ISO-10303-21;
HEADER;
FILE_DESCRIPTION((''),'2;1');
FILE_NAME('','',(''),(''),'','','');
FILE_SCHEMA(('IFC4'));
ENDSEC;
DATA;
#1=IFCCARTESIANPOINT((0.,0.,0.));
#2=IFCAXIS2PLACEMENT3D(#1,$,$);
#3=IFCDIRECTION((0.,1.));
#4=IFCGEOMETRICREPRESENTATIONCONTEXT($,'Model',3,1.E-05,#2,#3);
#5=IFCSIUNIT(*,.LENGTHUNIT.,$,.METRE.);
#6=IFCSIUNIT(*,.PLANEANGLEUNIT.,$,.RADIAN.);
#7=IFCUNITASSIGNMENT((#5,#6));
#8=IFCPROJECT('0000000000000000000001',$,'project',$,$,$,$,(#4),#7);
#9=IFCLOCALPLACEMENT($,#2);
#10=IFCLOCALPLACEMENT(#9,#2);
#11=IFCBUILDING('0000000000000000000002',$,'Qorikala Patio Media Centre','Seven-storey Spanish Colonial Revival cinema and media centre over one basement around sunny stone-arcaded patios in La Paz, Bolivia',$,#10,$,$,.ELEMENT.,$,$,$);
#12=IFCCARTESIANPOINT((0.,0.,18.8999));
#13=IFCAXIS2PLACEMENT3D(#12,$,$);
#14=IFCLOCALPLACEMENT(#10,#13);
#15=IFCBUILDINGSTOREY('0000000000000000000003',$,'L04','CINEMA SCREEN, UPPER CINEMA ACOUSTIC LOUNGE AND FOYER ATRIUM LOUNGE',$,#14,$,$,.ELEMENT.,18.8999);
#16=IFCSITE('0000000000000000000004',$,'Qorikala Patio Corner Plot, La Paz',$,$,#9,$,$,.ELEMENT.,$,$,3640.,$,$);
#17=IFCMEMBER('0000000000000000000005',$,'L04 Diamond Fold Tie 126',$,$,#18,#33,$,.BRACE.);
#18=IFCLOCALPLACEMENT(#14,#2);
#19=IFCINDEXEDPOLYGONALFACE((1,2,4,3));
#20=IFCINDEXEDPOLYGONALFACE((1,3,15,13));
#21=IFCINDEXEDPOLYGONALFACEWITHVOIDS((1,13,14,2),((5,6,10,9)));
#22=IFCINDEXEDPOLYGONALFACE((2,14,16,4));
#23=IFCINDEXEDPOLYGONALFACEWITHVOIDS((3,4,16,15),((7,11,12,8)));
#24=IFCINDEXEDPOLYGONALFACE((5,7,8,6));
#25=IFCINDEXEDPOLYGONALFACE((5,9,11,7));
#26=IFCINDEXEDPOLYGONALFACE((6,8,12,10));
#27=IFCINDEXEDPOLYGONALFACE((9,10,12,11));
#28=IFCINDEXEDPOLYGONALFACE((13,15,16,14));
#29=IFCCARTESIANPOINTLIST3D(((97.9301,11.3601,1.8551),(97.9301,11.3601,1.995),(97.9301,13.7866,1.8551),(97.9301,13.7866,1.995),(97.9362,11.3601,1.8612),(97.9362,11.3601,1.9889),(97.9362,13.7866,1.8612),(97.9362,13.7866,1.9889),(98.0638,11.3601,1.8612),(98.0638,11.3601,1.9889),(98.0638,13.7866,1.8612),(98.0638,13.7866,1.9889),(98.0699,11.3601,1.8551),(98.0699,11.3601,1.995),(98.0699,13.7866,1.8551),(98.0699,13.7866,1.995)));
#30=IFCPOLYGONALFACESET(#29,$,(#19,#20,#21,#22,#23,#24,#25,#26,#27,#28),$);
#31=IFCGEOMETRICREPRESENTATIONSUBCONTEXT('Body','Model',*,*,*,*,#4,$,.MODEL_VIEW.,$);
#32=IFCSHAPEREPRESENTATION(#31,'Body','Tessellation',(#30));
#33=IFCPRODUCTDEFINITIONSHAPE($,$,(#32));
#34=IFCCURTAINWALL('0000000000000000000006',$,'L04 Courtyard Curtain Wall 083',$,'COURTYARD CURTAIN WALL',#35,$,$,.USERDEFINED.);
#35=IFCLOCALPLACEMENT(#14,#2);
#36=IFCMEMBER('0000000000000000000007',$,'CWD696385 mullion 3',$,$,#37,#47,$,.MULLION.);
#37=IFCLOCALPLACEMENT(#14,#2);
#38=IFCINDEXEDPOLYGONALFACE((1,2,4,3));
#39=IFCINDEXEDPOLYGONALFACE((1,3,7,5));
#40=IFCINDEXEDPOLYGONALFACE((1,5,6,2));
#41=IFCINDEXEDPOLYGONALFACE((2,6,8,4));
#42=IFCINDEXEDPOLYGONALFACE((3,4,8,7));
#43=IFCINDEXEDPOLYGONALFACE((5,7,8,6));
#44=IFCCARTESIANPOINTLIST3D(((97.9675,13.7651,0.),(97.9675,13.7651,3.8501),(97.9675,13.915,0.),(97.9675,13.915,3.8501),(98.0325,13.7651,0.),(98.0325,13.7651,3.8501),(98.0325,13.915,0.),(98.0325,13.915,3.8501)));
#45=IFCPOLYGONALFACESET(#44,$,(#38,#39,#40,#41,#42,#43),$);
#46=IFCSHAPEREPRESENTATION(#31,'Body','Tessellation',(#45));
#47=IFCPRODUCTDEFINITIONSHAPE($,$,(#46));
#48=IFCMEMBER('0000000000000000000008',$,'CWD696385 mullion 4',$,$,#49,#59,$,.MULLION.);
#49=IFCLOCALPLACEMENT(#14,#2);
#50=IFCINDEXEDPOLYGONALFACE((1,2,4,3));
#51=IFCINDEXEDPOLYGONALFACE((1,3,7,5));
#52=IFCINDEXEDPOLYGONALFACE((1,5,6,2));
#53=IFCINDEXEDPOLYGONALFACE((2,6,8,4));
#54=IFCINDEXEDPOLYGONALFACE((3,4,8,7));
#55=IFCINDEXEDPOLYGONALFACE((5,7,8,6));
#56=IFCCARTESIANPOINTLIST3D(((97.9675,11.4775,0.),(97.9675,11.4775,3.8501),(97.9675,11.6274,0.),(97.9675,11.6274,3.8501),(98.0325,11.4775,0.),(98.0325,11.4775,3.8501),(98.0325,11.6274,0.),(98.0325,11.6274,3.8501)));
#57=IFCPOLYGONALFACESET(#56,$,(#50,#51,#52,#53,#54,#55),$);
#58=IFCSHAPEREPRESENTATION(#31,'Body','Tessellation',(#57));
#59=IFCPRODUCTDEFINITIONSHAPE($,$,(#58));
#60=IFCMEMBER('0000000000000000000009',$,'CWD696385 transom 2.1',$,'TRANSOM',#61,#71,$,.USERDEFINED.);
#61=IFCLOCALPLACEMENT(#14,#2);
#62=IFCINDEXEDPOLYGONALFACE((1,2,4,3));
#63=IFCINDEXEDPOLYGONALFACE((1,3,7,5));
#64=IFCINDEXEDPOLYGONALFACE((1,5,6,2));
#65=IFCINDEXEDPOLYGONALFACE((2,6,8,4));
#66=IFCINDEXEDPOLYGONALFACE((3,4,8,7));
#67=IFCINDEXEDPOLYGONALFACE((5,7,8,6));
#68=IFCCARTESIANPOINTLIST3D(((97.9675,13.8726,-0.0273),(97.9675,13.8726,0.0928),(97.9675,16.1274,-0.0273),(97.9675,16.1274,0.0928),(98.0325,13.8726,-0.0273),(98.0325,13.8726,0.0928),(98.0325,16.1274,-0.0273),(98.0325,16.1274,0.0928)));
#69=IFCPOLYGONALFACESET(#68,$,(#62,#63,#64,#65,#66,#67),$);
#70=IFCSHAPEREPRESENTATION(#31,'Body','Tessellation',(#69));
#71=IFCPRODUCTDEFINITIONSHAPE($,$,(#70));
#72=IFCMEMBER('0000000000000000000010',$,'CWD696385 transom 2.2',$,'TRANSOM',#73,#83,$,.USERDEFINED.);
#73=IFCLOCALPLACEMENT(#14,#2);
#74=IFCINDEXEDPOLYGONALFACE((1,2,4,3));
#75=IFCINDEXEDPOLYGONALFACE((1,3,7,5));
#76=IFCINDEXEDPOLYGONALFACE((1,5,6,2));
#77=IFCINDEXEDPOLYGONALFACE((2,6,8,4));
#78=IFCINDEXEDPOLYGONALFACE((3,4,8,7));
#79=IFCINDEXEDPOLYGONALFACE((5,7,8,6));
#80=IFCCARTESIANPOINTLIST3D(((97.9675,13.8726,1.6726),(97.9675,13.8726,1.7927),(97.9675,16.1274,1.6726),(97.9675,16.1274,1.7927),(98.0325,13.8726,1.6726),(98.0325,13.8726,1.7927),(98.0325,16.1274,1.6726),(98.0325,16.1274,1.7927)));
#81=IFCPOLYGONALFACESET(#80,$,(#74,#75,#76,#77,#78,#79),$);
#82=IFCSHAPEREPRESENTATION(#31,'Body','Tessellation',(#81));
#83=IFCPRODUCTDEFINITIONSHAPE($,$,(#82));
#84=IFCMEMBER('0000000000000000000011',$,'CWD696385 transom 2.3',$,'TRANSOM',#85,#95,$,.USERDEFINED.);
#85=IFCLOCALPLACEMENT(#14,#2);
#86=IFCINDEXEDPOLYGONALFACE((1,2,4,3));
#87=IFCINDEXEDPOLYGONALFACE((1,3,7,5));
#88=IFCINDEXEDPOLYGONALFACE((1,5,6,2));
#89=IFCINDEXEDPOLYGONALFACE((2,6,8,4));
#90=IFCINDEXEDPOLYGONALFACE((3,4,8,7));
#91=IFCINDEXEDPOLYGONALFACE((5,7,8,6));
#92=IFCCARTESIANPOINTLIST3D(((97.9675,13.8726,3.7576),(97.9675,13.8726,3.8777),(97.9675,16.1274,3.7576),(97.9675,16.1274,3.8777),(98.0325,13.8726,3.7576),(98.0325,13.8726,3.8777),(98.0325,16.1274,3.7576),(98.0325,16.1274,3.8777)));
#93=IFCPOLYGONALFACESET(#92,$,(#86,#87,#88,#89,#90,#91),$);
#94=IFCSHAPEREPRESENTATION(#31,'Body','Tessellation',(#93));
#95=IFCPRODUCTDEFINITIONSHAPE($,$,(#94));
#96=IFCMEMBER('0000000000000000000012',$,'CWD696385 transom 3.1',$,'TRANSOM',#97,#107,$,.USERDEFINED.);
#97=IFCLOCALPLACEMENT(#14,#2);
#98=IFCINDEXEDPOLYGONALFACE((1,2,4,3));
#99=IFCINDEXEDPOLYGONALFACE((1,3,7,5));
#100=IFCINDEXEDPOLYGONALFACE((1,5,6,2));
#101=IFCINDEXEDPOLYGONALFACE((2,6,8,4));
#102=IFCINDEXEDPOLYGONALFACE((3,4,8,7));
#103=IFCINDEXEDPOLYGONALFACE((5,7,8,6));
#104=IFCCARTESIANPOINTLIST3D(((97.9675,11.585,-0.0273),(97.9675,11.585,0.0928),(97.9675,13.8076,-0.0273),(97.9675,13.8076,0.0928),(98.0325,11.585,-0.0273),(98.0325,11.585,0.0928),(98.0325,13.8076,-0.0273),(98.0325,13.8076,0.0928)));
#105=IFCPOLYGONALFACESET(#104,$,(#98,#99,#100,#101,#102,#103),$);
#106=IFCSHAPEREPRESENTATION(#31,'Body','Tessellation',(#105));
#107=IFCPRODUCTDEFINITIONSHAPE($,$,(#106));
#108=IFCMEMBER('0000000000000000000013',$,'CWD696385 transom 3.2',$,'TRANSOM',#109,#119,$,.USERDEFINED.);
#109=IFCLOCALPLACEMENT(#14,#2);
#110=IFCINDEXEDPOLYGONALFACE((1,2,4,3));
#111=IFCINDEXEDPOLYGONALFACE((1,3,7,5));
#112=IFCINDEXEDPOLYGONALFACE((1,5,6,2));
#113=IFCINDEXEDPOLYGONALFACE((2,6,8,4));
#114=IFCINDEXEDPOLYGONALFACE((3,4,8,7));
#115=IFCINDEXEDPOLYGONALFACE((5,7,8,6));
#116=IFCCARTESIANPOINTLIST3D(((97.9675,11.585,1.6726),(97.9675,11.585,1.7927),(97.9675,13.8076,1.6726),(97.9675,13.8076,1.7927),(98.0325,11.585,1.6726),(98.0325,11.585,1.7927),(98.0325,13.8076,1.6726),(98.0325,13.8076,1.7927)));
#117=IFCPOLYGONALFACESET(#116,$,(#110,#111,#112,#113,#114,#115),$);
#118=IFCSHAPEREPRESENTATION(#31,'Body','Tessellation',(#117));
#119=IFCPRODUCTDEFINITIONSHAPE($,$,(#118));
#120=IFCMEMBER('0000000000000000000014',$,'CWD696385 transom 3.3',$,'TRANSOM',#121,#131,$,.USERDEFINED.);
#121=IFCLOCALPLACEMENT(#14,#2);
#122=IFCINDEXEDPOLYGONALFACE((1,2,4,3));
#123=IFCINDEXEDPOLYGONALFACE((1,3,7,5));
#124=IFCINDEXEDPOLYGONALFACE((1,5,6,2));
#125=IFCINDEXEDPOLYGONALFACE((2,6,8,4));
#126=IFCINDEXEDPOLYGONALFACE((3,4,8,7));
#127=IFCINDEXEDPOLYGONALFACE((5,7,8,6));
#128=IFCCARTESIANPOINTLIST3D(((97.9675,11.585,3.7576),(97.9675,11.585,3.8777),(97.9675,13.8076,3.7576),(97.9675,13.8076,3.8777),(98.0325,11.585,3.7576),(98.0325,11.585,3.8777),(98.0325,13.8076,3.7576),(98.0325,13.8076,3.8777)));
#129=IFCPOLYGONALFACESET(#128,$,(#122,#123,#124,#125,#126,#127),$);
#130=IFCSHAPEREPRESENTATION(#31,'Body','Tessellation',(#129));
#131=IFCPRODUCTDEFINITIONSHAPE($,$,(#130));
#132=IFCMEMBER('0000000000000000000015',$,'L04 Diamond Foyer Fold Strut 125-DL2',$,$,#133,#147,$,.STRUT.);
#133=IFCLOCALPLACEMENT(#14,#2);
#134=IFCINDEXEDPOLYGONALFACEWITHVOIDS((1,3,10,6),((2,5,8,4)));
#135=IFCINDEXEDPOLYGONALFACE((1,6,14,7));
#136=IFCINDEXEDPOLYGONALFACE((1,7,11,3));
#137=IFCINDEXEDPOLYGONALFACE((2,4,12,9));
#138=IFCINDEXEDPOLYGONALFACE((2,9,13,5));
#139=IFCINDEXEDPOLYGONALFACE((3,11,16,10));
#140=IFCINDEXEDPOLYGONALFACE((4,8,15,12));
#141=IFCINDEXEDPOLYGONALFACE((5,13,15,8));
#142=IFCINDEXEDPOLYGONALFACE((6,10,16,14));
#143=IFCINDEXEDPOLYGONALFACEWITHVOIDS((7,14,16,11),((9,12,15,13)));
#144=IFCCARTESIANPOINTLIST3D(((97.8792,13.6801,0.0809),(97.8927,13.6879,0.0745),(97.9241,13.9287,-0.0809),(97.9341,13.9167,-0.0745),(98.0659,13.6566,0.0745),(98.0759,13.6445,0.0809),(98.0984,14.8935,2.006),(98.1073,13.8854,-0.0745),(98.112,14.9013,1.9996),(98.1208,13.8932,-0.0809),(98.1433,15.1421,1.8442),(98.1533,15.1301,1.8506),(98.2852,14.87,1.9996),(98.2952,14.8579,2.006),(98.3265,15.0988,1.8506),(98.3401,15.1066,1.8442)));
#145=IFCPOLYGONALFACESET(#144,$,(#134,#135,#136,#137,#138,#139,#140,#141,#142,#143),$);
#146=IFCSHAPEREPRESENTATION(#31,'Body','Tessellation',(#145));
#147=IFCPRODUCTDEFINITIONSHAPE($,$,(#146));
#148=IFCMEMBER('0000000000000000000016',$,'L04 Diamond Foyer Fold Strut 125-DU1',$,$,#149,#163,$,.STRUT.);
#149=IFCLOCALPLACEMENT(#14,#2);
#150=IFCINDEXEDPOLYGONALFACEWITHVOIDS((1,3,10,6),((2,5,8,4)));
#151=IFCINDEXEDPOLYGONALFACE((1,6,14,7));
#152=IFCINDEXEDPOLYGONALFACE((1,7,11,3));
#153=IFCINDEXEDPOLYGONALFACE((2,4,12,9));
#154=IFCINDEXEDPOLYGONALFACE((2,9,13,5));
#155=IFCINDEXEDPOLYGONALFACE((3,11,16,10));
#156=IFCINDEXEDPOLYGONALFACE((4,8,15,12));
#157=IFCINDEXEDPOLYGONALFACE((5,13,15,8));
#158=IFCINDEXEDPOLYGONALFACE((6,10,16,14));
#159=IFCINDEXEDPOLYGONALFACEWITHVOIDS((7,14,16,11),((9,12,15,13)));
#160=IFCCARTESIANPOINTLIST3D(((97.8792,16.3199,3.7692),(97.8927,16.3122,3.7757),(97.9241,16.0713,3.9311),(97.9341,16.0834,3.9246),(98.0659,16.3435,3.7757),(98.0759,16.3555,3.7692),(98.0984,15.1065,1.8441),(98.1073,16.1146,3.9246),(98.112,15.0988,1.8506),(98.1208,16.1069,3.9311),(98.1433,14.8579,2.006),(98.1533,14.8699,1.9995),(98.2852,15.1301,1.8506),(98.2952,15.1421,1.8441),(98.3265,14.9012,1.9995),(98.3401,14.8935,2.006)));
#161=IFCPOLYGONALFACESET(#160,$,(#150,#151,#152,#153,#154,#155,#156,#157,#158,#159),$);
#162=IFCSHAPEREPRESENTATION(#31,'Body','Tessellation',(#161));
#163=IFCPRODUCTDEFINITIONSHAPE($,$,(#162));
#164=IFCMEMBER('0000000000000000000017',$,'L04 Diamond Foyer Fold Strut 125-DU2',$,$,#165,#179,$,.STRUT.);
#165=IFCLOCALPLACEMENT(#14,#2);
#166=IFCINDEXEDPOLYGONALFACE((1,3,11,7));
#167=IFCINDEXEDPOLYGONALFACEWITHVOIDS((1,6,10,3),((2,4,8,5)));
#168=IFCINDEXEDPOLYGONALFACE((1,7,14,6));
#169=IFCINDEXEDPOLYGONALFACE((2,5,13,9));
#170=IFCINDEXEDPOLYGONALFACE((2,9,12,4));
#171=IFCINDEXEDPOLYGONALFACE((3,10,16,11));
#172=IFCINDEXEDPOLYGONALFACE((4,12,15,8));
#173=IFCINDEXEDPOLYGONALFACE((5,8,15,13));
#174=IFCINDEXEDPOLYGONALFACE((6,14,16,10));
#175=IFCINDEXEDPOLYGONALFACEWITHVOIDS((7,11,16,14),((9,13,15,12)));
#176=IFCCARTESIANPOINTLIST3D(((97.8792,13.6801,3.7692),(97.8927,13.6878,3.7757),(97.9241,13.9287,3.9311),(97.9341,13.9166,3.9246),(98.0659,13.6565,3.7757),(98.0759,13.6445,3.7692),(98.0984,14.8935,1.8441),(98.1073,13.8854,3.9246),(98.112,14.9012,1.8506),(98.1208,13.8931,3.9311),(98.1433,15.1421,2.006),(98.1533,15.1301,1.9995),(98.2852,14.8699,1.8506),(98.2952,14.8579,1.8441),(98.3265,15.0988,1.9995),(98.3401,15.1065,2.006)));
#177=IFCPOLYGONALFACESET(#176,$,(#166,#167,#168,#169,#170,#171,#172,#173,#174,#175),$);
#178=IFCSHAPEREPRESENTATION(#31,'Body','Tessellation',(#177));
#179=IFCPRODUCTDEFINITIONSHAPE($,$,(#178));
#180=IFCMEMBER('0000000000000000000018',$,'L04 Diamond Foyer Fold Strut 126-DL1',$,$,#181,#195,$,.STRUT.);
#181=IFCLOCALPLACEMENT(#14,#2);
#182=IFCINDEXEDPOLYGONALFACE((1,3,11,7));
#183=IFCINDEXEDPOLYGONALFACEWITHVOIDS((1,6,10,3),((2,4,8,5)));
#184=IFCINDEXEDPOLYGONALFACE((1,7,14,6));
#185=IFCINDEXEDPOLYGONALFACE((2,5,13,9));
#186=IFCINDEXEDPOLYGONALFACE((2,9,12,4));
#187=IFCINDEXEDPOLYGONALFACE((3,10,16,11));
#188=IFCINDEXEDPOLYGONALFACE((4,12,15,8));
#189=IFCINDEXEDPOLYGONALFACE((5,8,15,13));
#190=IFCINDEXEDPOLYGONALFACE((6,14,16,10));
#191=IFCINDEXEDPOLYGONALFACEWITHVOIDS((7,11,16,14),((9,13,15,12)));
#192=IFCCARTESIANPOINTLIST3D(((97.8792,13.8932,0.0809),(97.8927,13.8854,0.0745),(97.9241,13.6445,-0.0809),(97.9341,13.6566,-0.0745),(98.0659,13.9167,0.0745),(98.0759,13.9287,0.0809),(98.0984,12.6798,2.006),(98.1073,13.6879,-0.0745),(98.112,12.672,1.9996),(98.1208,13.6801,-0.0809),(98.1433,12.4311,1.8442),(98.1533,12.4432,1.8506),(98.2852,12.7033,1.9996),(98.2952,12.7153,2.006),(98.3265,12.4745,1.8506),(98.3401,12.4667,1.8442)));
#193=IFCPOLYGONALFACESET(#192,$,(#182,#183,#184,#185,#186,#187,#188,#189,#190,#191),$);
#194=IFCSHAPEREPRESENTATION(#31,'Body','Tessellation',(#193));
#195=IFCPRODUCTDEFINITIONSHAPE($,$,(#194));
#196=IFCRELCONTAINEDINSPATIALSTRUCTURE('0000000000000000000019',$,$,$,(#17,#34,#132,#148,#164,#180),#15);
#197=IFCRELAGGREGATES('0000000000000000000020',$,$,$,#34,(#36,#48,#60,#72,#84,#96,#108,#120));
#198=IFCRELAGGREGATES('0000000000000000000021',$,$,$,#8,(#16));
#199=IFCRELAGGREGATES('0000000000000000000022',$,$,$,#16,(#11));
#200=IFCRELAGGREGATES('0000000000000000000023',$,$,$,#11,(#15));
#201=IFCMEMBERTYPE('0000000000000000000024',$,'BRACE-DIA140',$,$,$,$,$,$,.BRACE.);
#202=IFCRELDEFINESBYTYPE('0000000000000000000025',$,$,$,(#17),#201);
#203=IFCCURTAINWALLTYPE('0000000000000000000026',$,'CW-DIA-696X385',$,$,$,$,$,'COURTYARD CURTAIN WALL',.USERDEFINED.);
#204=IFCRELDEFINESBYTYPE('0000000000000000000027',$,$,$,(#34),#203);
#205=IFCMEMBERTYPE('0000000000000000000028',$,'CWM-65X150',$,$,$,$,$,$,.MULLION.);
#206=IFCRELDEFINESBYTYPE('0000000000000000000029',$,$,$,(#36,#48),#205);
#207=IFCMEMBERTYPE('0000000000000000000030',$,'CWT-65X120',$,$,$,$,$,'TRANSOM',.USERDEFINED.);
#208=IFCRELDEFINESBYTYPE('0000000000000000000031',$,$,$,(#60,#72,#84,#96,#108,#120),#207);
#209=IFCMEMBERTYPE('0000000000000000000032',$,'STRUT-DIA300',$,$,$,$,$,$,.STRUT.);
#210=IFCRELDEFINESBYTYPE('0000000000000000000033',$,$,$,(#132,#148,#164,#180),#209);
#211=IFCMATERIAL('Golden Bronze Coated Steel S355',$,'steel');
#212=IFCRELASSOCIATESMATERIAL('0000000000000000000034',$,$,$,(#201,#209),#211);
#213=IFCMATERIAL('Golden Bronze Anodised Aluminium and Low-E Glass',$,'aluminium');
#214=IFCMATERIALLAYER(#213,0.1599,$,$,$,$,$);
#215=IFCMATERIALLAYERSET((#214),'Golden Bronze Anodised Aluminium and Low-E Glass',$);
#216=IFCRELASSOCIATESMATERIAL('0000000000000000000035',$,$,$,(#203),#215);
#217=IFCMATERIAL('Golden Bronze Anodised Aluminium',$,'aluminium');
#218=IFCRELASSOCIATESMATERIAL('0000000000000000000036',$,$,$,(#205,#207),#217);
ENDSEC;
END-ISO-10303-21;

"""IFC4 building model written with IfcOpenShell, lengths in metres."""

from ifc_helpers import new_model, si_unit, direction, frame, origin, origin_2d, place, context, subcontext, project, spatial, rectangle, hollow_rectangle, extrude, material, layer, layer_set, material_profile, profile_set, type_object, element, aggregate, save


model = new_model("IFC4")

# Units and contexts
model_context = context("Model", 3, precision=1e-05, world=origin(), true_north=direction((0.0, 1.0)))
body_context = subcontext(model_context, "Body", "Model", "MODEL_VIEW")
ifc_project = project(units=[si_unit("LENGTHUNIT", "METRE"), si_unit("PLANEANGLEUNIT", "RADIAN")], contexts=[model_context])

# Site, building, storey
site_placement = place(None, origin())
site = spatial("IfcSite", under=ifc_project, at=site_placement, Name="Qorikala Patio Corner Plot, La Paz", CompositionType="ELEMENT", RefElevation=3640.0)
building_placement = place(site_placement, origin())
building = spatial("IfcBuilding", under=site, at=building_placement, Name="Qorikala Patio Media Centre", Description="Seven-storey Spanish Colonial Revival cinema and media centre over one basement around sunny stone-arcaded patios in La Paz, Bolivia", CompositionType="ELEMENT")
storey_placement = place(building_placement, frame((0.0, 0.0, 18.8999)))
storey = spatial("IfcBuildingStorey", under=building, at=storey_placement, Name="L04", Description="CINEMA SCREEN, UPPER CINEMA ACOUSTIC LOUNGE AND FOYER ATRIUM LOUNGE", CompositionType="ELEMENT", Elevation=18.8999)

# Member
ifc_material_1 = material(Name="Golden Bronze Coated Steel S355", Category="steel")
ifc_material_profile_1 = material_profile(ifc_material_1, hollow_rectangle(XDim=0.1399, YDim=0.1399, WallThickness=0.0061, at=origin_2d()), Name="HSS140X140X6")
ifc_profile_set_1 = profile_set([ifc_material_profile_1], Name="Golden Bronze Coated Steel S355")
member_type_1 = type_object("IfcMemberType", Name="BRACE-DIA140", PredefinedType="BRACE", material=ifc_profile_set_1)
member_1_placement = place(storey_placement, frame((98.0, 13.7866, 1.925), z_axis=(0.0, -1.0, 0.0), x_axis=(1.0, 0.0, 0.0)))
element("IfcMember", 1, at=member_1_placement, inside=storey, type_object=member_type_1, Name="L04 Diamond Fold Tie 126", PredefinedType="BRACE", context=body_context, shape_type="SweptSolid", body=[
    extrude(hollow_rectangle(XDim=0.1399, YDim=0.1399, WallThickness=0.0061, at=origin_2d()), origin(), (0.0, 0.0, 1.0), 2.4265),
])

# Curtain wall, members
ifc_material_2 = material(Name="Golden Bronze Anodised Aluminium and Low-E Glass", Category="aluminium")
ifc_layer_1 = layer(ifc_material_2, 0.1599)
ifc_layer_set_1 = layer_set([ifc_layer_1], Name="Golden Bronze Anodised Aluminium and Low-E Glass")
curtain_wall_type = type_object("IfcCurtainWallType", Name="CW-DIA-696X385", ElementType="COURTYARD CURTAIN WALL", PredefinedType="USERDEFINED", material=ifc_layer_set_1)
curtain_wall_placement = place(storey_placement, origin())
curtain_wall = element("IfcCurtainWall", 2, at=curtain_wall_placement, inside=storey, type_object=curtain_wall_type, Name="L04 Courtyard Curtain Wall 083", ObjectType="COURTYARD CURTAIN WALL", PredefinedType="USERDEFINED")
ifc_material_3 = material(Name="Golden Bronze Anodised Aluminium", Category="aluminium")
ifc_material_profile_2 = material_profile(ifc_material_3, rectangle(XDim=0.0649, YDim=0.1499, at=origin_2d()), Name="ALU MULLION 65x150")
ifc_profile_set_2 = profile_set([ifc_material_profile_2], Name="Golden Bronze Anodised Aluminium")
member_type_2 = type_object("IfcMemberType", Name="CWM-65X150", PredefinedType="MULLION", material=ifc_profile_set_2)
member_2_placement = place(storey_placement, frame((98.0, 13.8401, 0.0), z_axis=(0.0, 0.0, 1.0), x_axis=(1.0, 0.0, 0.0)))
member_2 = element("IfcMember", 3, at=member_2_placement, type_object=member_type_2, Name="CWD696385 mullion 3", PredefinedType="MULLION", context=body_context, shape_type="SweptSolid", body=[
    extrude(rectangle(XDim=0.0649, YDim=0.1499, at=origin_2d()), origin(), (0.0, 0.0, 1.0), 3.8501),
])
member_3_placement = place(storey_placement, frame((98.0, 11.5525, 0.0), z_axis=(0.0, 0.0, 1.0), x_axis=(1.0, 0.0, 0.0)))
member_3 = element("IfcMember", 4, at=member_3_placement, type_object=member_type_2, Name="CWD696385 mullion 4", PredefinedType="MULLION", context=body_context, shape_type="SweptSolid", body=[
    extrude(rectangle(XDim=0.0649, YDim=0.1499, at=origin_2d()), origin(), (0.0, 0.0, 1.0), 3.8501),
])
ifc_material_profile_3 = material_profile(ifc_material_3, rectangle(XDim=0.0649, YDim=0.1201, at=origin_2d()), Name="ALU TRANSOM 65x120")
ifc_profile_set_3 = profile_set([ifc_material_profile_3], Name="Golden Bronze Anodised Aluminium")
member_type_3 = type_object("IfcMemberType", Name="CWT-65X120", ElementType="TRANSOM", PredefinedType="USERDEFINED", material=ifc_profile_set_3)
member_4_placement = place(storey_placement, frame((98.0, 16.1274, 0.0327), z_axis=(0.0, -1.0, 0.0), x_axis=(1.0, 0.0, 0.0)))
member_4 = element("IfcMember", 5, at=member_4_placement, type_object=member_type_3, Name="CWD696385 transom 2.1", ObjectType="TRANSOM", PredefinedType="USERDEFINED", context=body_context, shape_type="SweptSolid", body=[
    extrude(rectangle(XDim=0.0649, YDim=0.1201, at=origin_2d()), origin(), (0.0, 0.0, 1.0), 2.2549),
])
member_5_placement = place(storey_placement, frame((98.0, 16.1274, 1.7327), z_axis=(0.0, -1.0, 0.0), x_axis=(1.0, 0.0, 0.0)))
member_5 = element("IfcMember", 6, at=member_5_placement, type_object=member_type_3, Name="CWD696385 transom 2.2", ObjectType="TRANSOM", PredefinedType="USERDEFINED", context=body_context, shape_type="SweptSolid", body=[
    extrude(rectangle(XDim=0.0649, YDim=0.1201, at=origin_2d()), origin(), (0.0, 0.0, 1.0), 2.2549),
])
member_6_placement = place(storey_placement, frame((98.0, 16.1274, 3.8176), z_axis=(0.0, -1.0, 0.0), x_axis=(1.0, 0.0, 0.0)))
member_6 = element("IfcMember", 7, at=member_6_placement, type_object=member_type_3, Name="CWD696385 transom 2.3", ObjectType="TRANSOM", PredefinedType="USERDEFINED", context=body_context, shape_type="SweptSolid", body=[
    extrude(rectangle(XDim=0.0649, YDim=0.1201, at=origin_2d()), origin(), (0.0, 0.0, 1.0), 2.2549),
])
member_7_placement = place(storey_placement, frame((98.0, 13.8076, 0.0327), z_axis=(0.0, -1.0, 0.0), x_axis=(1.0, 0.0, 0.0)))
member_7 = element("IfcMember", 8, at=member_7_placement, type_object=member_type_3, Name="CWD696385 transom 3.1", ObjectType="TRANSOM", PredefinedType="USERDEFINED", context=body_context, shape_type="SweptSolid", body=[
    extrude(rectangle(XDim=0.0649, YDim=0.1201, at=origin_2d()), origin(), (0.0, 0.0, 1.0), 2.2227),
])
member_8_placement = place(storey_placement, frame((98.0, 13.8076, 1.7327), z_axis=(0.0, -1.0, 0.0), x_axis=(1.0, 0.0, 0.0)))
member_8 = element("IfcMember", 9, at=member_8_placement, type_object=member_type_3, Name="CWD696385 transom 3.2", ObjectType="TRANSOM", PredefinedType="USERDEFINED", context=body_context, shape_type="SweptSolid", body=[
    extrude(rectangle(XDim=0.0649, YDim=0.1201, at=origin_2d()), origin(), (0.0, 0.0, 1.0), 2.2227),
])
member_9_placement = place(storey_placement, frame((98.0, 13.8076, 3.8176), z_axis=(0.0, -1.0, 0.0), x_axis=(1.0, 0.0, 0.0)))
member_9 = element("IfcMember", 10, at=member_9_placement, type_object=member_type_3, Name="CWD696385 transom 3.3", ObjectType="TRANSOM", PredefinedType="USERDEFINED", context=body_context, shape_type="SweptSolid", body=[
    extrude(rectangle(XDim=0.0649, YDim=0.1201, at=origin_2d()), origin(), (0.0, 0.0, 1.0), 2.2227),
])

# Members
ifc_material_profile_4 = material_profile(ifc_material_1, hollow_rectangle(XDim=0.2, YDim=0.3, WallThickness=0.012, at=origin_2d()), Name="HSS300X200X12")
ifc_profile_set_4 = profile_set([ifc_material_profile_4], Name="Golden Bronze Coated Steel S355")
member_type_4 = type_object("IfcMemberType", Name="STRUT-DIA300", PredefinedType="STRUT", material=ifc_profile_set_4)
for number, where, z_axis, x_axis, name in (
    (11, (98.0, 13.7866, 0.0), (0.095901, 0.530768, 0.842074), (-0.984066, 0.177805, 0.0), "L04 Diamond Foyer Fold Strut 125-DL2"),
    (12, (98.2192, 15.0, 1.925), (-0.095901, 0.530768, 0.842074), (-0.984066, -0.177805, 0.0), "L04 Diamond Foyer Fold Strut 125-DU1"),
    (13, (98.2192, 15.0, 1.925), (-0.095901, -0.530768, 0.842074), (0.984066, -0.177805, 0.0), "L04 Diamond Foyer Fold Strut 125-DU2"),
    (14, (98.0, 13.7866, 0.0), (0.095901, -0.530768, 0.842074), (0.984066, 0.177805, 0.0), "L04 Diamond Foyer Fold Strut 126-DL1"),
):
    element("IfcMember", number, at=place(storey_placement, frame(where, z_axis=z_axis, x_axis=x_axis)), inside=storey, type_object=member_type_4, Name=name, PredefinedType="STRUT", context=body_context, shape_type="SweptSolid", body=[
        extrude(hollow_rectangle(XDim=0.2, YDim=0.3, WallThickness=0.012, at=origin_2d()), origin(), (0.0, 0.0, 1.0), 2.2861),
    ])

aggregate(curtain_wall, [member_2, member_3, member_4, member_5, member_6, member_7, member_8, member_9])

save(model, "model.ifc")
